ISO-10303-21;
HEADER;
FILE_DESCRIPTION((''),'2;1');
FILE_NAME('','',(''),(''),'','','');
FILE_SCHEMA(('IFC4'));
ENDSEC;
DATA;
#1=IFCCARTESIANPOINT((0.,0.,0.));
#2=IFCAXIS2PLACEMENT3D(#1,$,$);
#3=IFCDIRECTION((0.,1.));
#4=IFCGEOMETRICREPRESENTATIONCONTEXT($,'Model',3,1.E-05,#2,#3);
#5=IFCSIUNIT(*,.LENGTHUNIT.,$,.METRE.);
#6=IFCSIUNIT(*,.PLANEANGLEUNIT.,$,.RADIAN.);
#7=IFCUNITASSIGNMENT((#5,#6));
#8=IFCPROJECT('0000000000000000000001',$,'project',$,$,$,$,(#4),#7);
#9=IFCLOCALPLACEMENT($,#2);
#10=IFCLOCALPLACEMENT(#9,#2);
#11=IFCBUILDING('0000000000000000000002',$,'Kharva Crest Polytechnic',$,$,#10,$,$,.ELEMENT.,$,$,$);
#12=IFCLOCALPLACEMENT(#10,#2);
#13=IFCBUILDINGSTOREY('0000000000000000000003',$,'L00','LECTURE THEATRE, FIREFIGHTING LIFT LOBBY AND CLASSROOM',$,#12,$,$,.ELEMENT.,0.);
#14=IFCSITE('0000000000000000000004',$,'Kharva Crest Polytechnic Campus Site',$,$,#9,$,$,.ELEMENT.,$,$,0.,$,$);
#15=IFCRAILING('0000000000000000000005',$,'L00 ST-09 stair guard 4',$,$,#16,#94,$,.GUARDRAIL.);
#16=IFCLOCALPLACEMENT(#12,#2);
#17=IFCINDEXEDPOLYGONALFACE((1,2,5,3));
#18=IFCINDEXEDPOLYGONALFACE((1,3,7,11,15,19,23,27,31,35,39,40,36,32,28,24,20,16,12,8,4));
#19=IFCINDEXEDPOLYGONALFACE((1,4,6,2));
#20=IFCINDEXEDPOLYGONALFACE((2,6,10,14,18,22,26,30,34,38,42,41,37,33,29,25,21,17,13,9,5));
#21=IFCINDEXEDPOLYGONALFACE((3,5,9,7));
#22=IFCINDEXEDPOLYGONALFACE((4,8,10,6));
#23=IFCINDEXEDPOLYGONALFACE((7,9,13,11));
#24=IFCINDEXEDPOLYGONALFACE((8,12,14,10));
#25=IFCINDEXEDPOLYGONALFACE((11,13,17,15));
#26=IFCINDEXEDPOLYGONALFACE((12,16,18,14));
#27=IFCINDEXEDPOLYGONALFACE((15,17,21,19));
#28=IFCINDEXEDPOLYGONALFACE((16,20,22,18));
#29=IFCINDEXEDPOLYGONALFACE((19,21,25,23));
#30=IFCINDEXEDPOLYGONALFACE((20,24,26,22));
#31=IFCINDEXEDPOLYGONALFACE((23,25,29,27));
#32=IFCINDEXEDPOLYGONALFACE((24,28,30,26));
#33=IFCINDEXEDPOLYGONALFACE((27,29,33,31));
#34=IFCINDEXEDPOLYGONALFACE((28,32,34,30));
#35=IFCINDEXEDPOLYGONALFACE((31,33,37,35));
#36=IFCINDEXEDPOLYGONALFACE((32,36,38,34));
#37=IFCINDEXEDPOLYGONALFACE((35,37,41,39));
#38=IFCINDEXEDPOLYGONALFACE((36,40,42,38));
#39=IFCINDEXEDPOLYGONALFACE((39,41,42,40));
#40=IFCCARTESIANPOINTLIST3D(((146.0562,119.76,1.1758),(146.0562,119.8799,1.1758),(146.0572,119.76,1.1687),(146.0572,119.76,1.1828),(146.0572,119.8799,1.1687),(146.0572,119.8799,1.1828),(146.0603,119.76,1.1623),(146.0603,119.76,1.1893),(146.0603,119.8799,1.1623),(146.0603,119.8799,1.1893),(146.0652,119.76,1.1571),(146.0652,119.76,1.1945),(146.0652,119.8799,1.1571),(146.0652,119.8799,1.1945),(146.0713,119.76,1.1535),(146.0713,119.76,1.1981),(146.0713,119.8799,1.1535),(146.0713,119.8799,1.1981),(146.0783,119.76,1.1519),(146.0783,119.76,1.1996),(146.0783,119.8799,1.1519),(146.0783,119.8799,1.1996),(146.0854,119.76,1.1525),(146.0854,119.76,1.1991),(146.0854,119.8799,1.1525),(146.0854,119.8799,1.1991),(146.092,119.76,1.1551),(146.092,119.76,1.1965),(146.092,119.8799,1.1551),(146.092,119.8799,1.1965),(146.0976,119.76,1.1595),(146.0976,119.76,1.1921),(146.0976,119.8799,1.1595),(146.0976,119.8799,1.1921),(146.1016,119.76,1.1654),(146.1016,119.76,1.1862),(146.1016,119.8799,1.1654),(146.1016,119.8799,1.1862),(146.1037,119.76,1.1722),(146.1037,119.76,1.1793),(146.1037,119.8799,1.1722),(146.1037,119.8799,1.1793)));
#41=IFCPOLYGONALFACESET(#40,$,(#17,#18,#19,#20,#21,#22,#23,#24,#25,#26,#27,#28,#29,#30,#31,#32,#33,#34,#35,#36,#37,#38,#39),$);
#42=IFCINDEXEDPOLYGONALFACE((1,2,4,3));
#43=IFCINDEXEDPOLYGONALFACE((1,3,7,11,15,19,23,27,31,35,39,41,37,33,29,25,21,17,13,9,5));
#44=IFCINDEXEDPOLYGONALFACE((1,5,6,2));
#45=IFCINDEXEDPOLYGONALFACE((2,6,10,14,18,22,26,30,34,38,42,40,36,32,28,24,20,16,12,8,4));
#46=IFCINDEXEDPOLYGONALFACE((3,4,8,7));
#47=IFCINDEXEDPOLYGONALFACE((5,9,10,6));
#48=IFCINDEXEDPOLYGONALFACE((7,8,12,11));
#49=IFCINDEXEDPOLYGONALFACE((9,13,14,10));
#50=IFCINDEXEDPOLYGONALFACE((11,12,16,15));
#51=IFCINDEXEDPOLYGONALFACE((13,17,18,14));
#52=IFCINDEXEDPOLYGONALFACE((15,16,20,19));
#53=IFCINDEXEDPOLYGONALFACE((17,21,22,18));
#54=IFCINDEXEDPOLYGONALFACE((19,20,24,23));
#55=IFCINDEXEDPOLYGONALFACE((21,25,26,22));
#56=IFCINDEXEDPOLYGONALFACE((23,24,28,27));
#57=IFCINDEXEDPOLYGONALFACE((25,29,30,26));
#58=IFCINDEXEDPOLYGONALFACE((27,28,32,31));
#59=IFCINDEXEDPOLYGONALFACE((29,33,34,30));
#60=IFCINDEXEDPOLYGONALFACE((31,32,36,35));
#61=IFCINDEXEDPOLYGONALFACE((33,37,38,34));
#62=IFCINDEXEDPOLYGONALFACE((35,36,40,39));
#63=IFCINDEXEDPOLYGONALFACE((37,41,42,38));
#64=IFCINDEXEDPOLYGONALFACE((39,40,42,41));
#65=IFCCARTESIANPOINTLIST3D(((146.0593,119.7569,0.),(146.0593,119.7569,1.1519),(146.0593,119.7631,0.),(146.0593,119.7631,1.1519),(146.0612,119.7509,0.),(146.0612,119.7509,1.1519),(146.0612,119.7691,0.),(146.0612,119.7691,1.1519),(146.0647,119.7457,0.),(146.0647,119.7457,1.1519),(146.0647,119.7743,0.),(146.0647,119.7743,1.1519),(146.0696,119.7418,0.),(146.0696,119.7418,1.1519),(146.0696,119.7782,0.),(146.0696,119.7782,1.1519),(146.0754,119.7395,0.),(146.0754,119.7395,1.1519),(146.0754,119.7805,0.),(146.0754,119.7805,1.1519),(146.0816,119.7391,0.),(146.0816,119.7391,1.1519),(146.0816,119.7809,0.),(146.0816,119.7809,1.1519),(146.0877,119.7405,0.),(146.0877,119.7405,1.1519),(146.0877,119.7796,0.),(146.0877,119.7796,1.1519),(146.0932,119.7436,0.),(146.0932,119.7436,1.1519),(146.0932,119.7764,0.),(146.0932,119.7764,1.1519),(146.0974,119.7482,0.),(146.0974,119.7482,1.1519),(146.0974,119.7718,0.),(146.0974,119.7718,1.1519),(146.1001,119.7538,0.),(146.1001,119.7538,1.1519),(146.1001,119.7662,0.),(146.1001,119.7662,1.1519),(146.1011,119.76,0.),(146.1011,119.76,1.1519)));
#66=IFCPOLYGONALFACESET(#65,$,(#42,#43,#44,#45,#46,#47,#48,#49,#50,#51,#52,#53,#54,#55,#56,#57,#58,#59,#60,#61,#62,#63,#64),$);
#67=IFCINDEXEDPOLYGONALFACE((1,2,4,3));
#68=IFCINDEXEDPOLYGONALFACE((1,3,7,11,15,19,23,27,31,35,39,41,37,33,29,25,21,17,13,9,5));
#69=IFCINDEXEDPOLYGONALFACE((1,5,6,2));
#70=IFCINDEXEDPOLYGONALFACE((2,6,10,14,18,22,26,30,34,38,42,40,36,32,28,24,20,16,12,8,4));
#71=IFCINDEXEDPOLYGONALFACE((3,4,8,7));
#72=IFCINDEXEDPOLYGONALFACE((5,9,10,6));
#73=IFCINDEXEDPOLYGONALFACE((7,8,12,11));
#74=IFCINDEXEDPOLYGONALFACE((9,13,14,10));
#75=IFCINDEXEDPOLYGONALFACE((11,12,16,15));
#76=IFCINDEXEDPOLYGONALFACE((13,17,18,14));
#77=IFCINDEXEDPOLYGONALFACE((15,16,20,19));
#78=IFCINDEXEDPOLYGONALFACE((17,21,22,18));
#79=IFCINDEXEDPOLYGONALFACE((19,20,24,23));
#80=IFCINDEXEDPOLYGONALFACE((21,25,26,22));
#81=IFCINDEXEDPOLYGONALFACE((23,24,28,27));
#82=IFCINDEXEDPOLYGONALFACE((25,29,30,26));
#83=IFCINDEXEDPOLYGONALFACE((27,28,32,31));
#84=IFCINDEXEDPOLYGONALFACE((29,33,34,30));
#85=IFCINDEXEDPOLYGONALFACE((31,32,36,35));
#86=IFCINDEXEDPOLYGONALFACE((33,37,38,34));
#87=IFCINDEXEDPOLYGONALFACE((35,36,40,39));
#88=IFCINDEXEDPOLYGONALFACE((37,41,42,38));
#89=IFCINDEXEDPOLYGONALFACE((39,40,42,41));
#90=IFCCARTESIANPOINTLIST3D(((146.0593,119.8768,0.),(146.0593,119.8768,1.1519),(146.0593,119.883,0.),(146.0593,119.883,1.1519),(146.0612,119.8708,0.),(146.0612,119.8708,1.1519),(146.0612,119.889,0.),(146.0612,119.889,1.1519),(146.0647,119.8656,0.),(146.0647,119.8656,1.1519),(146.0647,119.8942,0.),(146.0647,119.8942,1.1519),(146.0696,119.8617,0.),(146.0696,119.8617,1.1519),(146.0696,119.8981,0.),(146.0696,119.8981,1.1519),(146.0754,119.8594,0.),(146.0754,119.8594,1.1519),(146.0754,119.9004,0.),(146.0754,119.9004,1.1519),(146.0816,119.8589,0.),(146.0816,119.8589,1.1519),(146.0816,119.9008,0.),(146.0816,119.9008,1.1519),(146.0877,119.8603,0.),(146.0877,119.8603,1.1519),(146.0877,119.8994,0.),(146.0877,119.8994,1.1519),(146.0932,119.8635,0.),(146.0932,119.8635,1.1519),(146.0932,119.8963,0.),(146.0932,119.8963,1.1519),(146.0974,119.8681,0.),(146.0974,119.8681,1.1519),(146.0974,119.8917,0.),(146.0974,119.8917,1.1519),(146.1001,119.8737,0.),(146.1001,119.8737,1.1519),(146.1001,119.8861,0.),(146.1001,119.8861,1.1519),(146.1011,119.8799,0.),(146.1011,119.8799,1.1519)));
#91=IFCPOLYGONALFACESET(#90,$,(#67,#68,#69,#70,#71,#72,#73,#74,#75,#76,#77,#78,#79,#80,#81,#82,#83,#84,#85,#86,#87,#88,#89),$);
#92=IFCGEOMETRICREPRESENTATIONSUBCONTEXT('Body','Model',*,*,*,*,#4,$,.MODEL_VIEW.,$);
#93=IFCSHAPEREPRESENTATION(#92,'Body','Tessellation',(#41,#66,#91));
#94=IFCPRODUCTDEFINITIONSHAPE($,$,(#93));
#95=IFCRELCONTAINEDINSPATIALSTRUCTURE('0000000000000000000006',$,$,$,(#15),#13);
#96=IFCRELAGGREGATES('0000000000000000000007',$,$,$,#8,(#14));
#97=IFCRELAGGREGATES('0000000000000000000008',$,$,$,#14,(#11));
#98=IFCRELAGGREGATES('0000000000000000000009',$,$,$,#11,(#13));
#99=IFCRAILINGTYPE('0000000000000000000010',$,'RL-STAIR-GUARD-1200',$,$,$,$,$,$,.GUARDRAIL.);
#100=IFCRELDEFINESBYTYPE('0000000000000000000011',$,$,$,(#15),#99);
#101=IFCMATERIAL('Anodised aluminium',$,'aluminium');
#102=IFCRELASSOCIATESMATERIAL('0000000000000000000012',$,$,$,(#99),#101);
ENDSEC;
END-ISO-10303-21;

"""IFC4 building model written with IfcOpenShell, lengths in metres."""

from ifc_helpers import new_model, si_unit, direction, frame, origin, origin_2d, place, context, subcontext, project, spatial, circle, extrude, material, type_object, element, save


model = new_model("IFC4")

# Units and contexts
model_context = context("Model", 3, precision=1e-05, world=origin(), true_north=direction((0.0, 1.0)))
body_context = subcontext(model_context, "Body", "Model", "MODEL_VIEW")
ifc_project = project(units=[si_unit("LENGTHUNIT", "METRE"), si_unit("PLANEANGLEUNIT", "RADIAN")], contexts=[model_context])

# Site, building, storey
site_placement = place(None, origin())
site = spatial("IfcSite", under=ifc_project, at=site_placement, Name="Kharva Crest Polytechnic Campus Site", CompositionType="ELEMENT", RefElevation=0.0)
building_placement = place(site_placement, origin())
building = spatial("IfcBuilding", under=site, at=building_placement, Name="Kharva Crest Polytechnic", CompositionType="ELEMENT")
storey_placement = place(building_placement, origin())
storey = spatial("IfcBuildingStorey", under=building, at=storey_placement, Name="L00", Description="LECTURE THEATRE, FIREFIGHTING LIFT LOBBY AND CLASSROOM", CompositionType="ELEMENT", Elevation=0.0)

# Shared definitions
ifc_material_1 = material(Name="Anodised aluminium", Category="aluminium")

# Railing
railing_type_1 = type_object("IfcRailingType", Name="RL-STAIR-GUARD-1200", PredefinedType="GUARDRAIL", material=ifc_material_1)
railing_1_placement = place(storey_placement, frame((146.0801, 119.76, 0.0)))
element("IfcRailing", 1, at=railing_1_placement, inside=storey, type_object=railing_type_1, Name="L00 ST-09 stair guard 4", PredefinedType="GUARDRAIL", context=body_context, shape_type="SweptSolid", body=[
    extrude(circle(Radius=0.0239, at=origin_2d()), frame((0.0, 0.0, 1.1758), z_axis=(0.0, 1.0, 0.0), x_axis=(-1.0, 0.0, 0.0)), (0.0, 0.0, 1.0), 0.1199),
    extrude(circle(Radius=0.021, at=origin_2d()), origin(), (0.0, 0.0, 1.0), 1.1519),
    extrude(circle(Radius=0.021, at=origin_2d()), frame((0.0, 0.1199, 0.0)), (0.0, 0.0, 1.0), 1.1519),
])

save(model, "model.ifc")
